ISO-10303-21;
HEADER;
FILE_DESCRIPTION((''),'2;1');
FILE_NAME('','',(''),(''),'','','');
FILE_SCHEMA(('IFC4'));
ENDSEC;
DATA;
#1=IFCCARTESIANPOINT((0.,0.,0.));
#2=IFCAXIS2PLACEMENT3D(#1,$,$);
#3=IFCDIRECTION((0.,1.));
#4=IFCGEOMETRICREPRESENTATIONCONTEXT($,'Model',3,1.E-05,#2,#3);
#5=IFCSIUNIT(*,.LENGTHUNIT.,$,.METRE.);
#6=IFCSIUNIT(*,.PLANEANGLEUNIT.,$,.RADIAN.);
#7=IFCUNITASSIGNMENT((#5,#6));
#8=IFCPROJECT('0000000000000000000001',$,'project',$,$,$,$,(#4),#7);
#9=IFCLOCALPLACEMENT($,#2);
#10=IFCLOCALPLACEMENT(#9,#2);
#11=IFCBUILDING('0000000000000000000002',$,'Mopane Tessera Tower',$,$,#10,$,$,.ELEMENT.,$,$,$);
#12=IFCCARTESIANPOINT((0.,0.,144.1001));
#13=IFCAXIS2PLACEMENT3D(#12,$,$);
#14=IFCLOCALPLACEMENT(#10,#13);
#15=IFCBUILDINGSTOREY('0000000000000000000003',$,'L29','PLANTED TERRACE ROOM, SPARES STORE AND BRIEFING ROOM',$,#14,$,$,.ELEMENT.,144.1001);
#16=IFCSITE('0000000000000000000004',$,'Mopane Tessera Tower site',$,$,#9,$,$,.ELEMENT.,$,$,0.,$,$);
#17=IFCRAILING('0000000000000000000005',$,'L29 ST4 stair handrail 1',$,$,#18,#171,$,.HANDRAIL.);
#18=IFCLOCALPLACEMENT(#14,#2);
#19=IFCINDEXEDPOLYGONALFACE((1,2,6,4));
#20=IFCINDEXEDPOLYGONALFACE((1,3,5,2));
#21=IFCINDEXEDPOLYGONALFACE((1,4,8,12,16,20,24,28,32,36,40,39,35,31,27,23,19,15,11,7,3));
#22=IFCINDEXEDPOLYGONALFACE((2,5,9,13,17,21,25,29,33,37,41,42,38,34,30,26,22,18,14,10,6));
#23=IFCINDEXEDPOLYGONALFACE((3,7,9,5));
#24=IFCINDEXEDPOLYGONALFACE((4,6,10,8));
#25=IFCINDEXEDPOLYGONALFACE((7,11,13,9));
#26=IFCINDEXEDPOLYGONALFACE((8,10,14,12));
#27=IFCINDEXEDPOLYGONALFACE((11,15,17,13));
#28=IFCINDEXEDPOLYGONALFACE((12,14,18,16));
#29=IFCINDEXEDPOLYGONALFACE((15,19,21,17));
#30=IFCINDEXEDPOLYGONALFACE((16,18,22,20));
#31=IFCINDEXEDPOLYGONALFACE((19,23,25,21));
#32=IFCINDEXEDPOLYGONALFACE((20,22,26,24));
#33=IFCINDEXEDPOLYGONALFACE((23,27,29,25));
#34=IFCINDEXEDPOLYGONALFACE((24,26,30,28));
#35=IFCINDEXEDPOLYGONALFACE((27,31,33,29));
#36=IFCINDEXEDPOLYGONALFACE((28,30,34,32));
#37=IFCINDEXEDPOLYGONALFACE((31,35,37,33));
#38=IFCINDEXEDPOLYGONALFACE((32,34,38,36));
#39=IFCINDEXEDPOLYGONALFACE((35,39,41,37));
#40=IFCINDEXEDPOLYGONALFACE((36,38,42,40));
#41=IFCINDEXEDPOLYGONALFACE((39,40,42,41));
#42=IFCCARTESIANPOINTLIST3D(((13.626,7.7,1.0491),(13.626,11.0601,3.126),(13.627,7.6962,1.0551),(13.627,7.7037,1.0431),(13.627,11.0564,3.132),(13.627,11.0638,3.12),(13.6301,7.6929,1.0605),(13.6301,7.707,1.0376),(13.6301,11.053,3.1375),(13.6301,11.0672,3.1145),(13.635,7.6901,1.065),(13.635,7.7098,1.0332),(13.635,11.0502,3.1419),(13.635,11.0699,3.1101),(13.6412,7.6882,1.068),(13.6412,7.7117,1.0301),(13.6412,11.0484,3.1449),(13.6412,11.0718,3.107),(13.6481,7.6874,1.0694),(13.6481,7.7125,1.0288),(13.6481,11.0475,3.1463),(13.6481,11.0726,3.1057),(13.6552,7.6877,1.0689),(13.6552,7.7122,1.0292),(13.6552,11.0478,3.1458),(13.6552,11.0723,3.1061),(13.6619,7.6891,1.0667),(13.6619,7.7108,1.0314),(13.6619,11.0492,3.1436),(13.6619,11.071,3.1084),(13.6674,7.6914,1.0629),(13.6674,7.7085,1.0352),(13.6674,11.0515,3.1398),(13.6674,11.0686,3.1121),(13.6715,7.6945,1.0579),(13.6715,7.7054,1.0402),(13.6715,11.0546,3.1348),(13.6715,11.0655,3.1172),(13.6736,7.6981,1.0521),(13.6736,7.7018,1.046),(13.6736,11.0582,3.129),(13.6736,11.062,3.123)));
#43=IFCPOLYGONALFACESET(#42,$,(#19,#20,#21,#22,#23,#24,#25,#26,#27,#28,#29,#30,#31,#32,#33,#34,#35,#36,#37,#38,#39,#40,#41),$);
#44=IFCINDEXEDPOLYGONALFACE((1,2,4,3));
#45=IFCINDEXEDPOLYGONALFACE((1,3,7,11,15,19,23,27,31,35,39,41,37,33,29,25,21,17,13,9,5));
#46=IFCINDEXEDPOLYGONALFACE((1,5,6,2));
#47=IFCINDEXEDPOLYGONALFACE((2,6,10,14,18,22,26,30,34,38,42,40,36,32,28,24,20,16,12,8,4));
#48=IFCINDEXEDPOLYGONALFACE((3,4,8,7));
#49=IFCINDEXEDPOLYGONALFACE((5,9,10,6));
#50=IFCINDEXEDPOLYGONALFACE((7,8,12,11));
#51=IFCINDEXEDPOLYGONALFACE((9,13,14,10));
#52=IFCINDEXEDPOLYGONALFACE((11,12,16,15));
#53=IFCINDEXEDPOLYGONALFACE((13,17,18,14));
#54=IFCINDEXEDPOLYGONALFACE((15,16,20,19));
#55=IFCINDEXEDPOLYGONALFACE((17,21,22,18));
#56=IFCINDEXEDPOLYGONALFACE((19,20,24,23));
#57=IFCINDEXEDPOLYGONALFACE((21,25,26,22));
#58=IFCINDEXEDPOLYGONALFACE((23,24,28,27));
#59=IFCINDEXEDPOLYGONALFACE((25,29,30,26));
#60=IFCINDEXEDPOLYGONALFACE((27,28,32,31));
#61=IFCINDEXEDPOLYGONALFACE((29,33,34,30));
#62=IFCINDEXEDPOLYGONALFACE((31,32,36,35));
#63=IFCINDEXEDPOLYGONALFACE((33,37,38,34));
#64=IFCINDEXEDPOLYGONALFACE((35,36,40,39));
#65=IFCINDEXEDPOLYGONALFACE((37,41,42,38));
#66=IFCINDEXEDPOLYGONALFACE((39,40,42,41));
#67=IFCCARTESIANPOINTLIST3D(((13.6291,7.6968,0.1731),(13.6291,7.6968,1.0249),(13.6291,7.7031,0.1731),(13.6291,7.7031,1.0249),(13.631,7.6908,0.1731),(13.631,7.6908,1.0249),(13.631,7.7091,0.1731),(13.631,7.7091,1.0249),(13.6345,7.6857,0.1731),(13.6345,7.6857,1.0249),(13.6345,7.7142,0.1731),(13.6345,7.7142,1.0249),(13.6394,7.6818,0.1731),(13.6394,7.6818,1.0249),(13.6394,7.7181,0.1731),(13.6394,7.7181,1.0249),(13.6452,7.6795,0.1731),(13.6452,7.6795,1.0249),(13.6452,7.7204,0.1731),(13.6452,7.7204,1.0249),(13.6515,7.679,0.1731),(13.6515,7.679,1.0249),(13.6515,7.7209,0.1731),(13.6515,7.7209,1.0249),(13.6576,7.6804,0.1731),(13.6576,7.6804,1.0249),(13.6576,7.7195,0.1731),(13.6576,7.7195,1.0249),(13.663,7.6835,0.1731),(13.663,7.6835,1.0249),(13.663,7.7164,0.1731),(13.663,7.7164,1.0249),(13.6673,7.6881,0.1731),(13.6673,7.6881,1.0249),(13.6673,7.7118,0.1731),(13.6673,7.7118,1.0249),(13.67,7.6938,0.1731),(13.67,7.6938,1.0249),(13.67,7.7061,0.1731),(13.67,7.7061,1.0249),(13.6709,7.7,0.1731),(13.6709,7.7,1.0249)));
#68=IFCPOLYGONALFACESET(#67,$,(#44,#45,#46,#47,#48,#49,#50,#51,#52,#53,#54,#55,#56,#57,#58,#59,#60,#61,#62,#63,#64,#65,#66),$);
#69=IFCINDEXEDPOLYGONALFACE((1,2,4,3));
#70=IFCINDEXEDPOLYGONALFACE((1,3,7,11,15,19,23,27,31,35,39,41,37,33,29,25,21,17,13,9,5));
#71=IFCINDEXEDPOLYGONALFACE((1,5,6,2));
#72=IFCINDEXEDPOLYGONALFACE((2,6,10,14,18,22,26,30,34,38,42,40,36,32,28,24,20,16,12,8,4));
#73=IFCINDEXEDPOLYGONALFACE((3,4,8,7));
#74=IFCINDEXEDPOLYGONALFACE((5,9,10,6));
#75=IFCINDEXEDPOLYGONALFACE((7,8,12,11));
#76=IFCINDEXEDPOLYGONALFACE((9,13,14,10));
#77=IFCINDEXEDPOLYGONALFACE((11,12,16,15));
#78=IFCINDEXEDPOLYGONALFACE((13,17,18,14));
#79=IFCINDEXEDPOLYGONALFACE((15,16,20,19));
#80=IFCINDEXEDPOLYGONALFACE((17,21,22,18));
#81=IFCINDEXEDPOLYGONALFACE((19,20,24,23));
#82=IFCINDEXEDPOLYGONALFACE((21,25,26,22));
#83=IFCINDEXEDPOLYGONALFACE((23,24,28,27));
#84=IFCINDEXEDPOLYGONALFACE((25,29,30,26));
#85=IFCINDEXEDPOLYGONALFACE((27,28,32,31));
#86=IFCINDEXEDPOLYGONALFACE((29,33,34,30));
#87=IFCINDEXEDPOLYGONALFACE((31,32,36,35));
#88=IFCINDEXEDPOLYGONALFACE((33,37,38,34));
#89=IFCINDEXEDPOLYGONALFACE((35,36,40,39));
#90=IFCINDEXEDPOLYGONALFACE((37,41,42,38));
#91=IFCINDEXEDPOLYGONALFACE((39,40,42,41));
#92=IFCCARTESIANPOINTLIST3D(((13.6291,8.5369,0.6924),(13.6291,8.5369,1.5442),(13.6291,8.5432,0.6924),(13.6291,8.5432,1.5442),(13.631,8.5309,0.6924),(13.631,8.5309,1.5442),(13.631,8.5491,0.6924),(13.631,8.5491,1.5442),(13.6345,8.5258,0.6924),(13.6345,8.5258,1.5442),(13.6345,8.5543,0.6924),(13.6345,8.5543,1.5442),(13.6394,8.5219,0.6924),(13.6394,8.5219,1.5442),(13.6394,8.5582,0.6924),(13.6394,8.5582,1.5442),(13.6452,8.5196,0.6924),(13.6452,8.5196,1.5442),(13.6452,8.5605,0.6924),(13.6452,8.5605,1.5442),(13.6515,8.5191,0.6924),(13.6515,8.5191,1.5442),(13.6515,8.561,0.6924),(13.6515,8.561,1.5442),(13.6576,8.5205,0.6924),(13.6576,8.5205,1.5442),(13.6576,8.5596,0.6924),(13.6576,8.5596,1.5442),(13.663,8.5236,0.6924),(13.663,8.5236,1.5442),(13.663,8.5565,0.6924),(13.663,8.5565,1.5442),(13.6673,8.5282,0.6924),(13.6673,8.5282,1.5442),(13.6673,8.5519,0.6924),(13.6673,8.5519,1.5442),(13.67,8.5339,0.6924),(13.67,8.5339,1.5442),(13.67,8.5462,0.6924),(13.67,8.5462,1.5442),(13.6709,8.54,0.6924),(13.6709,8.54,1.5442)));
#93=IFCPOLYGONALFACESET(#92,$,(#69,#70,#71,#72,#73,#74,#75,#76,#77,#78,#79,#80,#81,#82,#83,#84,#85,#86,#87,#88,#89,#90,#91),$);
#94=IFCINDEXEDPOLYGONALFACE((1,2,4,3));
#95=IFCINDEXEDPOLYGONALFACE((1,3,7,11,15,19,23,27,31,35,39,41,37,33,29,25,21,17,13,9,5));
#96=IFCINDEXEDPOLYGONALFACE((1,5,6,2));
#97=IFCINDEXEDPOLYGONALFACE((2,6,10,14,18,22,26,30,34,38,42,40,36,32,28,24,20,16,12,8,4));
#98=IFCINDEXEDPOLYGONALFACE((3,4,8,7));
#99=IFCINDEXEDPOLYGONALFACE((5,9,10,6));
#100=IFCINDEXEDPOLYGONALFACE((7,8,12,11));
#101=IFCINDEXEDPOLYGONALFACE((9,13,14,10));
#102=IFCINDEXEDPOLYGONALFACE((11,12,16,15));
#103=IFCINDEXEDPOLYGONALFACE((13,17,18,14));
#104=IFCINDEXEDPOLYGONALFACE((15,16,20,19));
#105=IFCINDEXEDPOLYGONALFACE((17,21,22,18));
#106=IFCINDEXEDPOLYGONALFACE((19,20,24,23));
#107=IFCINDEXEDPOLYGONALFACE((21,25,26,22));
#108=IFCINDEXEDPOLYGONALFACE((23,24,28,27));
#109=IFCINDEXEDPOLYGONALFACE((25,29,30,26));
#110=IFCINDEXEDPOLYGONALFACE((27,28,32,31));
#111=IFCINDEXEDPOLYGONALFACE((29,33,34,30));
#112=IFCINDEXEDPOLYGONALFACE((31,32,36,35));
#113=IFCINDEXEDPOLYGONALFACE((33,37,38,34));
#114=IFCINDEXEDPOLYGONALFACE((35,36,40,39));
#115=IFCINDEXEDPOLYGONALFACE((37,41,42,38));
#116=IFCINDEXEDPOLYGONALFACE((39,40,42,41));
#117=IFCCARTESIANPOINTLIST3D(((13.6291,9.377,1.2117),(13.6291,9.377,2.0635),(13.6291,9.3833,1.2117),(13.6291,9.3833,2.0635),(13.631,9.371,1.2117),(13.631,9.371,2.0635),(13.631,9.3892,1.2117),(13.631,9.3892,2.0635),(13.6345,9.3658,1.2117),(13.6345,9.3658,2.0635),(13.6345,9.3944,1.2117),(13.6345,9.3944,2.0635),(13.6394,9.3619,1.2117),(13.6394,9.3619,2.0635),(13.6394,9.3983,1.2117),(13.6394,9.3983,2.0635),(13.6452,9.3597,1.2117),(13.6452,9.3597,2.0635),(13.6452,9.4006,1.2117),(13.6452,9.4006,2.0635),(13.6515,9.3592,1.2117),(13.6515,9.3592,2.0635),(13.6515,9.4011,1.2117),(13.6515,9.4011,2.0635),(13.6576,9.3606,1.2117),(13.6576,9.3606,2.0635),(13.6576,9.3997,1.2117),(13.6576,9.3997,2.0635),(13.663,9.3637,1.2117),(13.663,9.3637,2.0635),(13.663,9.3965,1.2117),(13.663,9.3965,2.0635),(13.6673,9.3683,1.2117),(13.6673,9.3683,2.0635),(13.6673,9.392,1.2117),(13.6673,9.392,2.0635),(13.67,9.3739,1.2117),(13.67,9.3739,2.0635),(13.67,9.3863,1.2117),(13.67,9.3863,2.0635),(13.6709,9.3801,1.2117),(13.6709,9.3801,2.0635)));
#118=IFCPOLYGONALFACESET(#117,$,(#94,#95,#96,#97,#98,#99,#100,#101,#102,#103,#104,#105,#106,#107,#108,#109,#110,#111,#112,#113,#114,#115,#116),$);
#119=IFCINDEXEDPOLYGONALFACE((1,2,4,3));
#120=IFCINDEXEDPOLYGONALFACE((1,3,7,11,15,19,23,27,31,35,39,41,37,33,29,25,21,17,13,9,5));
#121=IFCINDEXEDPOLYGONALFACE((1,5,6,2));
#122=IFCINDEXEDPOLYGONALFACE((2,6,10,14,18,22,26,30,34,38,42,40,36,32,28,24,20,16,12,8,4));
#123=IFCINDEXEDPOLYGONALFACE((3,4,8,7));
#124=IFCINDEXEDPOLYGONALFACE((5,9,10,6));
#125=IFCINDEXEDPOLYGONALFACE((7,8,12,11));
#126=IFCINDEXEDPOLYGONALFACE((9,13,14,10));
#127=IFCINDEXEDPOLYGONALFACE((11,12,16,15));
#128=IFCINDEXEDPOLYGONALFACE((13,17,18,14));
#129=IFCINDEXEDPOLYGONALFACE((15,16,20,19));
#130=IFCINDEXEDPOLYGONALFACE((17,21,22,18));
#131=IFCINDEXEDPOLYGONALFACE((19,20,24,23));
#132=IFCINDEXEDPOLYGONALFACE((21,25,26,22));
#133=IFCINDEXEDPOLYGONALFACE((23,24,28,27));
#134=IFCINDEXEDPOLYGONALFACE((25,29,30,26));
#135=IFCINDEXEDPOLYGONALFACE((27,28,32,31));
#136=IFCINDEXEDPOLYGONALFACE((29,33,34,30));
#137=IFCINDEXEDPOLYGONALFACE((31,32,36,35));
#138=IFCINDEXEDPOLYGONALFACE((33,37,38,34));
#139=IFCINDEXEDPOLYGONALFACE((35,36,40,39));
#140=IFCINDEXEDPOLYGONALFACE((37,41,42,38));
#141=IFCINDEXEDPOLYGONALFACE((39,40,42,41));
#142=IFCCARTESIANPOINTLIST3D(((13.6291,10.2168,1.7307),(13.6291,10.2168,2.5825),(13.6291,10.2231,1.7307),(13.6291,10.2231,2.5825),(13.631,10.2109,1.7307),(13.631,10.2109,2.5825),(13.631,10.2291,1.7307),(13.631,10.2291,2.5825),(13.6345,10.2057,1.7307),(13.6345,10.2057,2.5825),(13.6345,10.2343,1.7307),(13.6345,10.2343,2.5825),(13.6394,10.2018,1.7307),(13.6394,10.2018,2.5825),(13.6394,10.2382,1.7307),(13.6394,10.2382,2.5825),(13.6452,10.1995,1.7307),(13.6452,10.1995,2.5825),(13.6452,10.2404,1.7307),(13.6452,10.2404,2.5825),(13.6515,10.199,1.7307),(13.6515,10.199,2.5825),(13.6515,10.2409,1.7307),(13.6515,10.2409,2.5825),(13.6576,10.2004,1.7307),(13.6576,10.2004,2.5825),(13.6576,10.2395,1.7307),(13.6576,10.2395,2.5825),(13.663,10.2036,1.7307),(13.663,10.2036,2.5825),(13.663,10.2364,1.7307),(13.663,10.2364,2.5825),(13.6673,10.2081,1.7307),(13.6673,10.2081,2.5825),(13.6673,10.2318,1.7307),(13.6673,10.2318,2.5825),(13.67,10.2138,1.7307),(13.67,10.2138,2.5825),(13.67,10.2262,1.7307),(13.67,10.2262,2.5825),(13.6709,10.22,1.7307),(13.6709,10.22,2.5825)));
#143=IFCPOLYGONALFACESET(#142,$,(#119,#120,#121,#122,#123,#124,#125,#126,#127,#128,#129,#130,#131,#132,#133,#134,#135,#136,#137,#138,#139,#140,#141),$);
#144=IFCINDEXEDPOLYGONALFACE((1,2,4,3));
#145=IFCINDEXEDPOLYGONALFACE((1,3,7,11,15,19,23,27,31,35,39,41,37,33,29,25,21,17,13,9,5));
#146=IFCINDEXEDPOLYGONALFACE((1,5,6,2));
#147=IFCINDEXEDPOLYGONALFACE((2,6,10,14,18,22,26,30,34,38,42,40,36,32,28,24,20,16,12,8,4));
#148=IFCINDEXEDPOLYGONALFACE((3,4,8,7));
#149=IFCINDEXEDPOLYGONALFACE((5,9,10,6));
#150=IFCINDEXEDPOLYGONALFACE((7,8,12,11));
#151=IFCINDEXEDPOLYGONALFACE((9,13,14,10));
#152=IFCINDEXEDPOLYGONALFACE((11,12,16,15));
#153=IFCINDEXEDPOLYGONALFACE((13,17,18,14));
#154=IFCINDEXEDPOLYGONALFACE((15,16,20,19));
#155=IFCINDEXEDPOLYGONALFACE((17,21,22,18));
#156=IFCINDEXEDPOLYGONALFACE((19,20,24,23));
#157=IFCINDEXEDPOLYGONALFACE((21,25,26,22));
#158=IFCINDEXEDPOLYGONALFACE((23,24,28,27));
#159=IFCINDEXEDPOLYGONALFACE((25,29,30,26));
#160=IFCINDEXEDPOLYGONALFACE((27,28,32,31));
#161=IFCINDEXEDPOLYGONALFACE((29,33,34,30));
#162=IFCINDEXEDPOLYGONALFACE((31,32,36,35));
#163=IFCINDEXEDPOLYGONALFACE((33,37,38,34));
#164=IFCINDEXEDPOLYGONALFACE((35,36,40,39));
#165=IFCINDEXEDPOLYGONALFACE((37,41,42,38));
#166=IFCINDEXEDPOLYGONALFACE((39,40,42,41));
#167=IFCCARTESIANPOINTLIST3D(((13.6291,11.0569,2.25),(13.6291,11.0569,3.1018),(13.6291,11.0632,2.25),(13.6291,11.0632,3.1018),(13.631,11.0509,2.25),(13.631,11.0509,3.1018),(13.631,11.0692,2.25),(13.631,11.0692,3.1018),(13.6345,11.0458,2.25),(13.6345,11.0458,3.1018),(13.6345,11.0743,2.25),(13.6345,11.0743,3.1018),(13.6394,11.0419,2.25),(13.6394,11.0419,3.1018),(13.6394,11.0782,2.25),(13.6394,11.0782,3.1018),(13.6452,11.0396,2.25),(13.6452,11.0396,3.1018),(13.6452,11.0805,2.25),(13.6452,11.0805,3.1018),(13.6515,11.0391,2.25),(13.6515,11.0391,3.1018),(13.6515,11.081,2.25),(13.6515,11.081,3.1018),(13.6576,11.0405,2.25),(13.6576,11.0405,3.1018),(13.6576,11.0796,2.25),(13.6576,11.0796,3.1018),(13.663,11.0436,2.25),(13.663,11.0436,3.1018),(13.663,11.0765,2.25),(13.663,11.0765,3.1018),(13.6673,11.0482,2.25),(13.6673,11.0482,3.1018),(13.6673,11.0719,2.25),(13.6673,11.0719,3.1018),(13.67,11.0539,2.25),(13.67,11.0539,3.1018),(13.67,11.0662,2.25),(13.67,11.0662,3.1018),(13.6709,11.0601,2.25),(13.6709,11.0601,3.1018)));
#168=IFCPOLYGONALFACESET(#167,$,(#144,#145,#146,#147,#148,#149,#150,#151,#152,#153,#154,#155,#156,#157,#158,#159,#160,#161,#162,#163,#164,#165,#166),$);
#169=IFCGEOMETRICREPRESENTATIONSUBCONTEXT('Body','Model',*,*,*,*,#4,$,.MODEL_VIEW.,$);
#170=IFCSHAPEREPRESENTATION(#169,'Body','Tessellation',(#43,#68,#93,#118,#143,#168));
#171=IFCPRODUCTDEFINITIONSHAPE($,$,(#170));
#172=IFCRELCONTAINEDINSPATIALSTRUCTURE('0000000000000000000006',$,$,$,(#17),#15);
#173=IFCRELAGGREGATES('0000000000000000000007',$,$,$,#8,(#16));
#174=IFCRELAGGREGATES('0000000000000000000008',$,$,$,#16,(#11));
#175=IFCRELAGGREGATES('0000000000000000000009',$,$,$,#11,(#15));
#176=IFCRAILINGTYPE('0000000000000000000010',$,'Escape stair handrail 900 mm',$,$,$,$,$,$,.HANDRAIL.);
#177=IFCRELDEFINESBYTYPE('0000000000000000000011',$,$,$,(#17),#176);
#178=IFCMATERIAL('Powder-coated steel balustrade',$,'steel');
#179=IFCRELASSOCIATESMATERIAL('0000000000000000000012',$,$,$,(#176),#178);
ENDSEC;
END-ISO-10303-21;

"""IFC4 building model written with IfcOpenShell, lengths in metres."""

from ifc_helpers import new_model, si_unit, direction, frame, origin, origin_2d, place, context, subcontext, project, spatial, circle, extrude, material, type_object, element, save


model = new_model("IFC4")

# Units and contexts
model_context = context("Model", 3, precision=1e-05, world=origin(), true_north=direction((0.0, 1.0)))
body_context = subcontext(model_context, "Body", "Model", "MODEL_VIEW")
ifc_project = project(units=[si_unit("LENGTHUNIT", "METRE"), si_unit("PLANEANGLEUNIT", "RADIAN")], contexts=[model_context])

# Site, building, storey
site_placement = place(None, origin())
site = spatial("IfcSite", under=ifc_project, at=site_placement, Name="Mopane Tessera Tower site", CompositionType="ELEMENT", RefElevation=0.0)
building_placement = place(site_placement, origin())
building = spatial("IfcBuilding", under=site, at=building_placement, Name="Mopane Tessera Tower", CompositionType="ELEMENT")
storey_placement = place(building_placement, frame((0.0, 0.0, 144.1001)))
storey = spatial("IfcBuildingStorey", under=building, at=storey_placement, Name="L29", Description="PLANTED TERRACE ROOM, SPARES STORE AND BRIEFING ROOM", CompositionType="ELEMENT", Elevation=144.1001)

# Railing
ifc_material_1 = material(Name="Powder-coated steel balustrade", Category="steel")
railing_type_1 = type_object("IfcRailingType", Name="Escape stair handrail 900 mm", PredefinedType="HANDRAIL", material=ifc_material_1)
railing_1_placement = place(storey_placement, frame((13.6499, 7.7, 0.1731)))
element("IfcRailing", 1, at=railing_1_placement, inside=storey, type_object=railing_type_1, Name="L29 ST4 stair handrail 1", PredefinedType="HANDRAIL", context=body_context, shape_type="SweptSolid", body=[
    extrude(circle(Radius=0.0239, at=origin_2d()), frame((0.0, 0.0, 0.876), z_axis=(0.0, 0.850623, 0.525776), x_axis=(-1.0, 0.0, 0.0)), (0.0, 0.0, 1.0), 3.9502),
    extrude(circle(Radius=0.021, at=origin_2d()), origin(), (0.0, 0.0, 1.0), 0.8518),
    extrude(circle(Radius=0.021, at=origin_2d()), frame((0.0, 0.8401, 0.5193)), (0.0, 0.0, 1.0), 0.8518),
    extrude(circle(Radius=0.021, at=origin_2d()), frame((0.0, 1.6802, 1.0386)), (0.0, 0.0, 1.0), 0.8518),
    extrude(circle(Radius=0.021, at=origin_2d()), frame((0.0, 2.52, 1.5576)), (0.0, 0.0, 1.0), 0.8518),
    extrude(circle(Radius=0.021, at=origin_2d()), frame((0.0, 3.3601, 2.0769)), (0.0, 0.0, 1.0), 0.8518),
])

save(model, "model.ifc")
